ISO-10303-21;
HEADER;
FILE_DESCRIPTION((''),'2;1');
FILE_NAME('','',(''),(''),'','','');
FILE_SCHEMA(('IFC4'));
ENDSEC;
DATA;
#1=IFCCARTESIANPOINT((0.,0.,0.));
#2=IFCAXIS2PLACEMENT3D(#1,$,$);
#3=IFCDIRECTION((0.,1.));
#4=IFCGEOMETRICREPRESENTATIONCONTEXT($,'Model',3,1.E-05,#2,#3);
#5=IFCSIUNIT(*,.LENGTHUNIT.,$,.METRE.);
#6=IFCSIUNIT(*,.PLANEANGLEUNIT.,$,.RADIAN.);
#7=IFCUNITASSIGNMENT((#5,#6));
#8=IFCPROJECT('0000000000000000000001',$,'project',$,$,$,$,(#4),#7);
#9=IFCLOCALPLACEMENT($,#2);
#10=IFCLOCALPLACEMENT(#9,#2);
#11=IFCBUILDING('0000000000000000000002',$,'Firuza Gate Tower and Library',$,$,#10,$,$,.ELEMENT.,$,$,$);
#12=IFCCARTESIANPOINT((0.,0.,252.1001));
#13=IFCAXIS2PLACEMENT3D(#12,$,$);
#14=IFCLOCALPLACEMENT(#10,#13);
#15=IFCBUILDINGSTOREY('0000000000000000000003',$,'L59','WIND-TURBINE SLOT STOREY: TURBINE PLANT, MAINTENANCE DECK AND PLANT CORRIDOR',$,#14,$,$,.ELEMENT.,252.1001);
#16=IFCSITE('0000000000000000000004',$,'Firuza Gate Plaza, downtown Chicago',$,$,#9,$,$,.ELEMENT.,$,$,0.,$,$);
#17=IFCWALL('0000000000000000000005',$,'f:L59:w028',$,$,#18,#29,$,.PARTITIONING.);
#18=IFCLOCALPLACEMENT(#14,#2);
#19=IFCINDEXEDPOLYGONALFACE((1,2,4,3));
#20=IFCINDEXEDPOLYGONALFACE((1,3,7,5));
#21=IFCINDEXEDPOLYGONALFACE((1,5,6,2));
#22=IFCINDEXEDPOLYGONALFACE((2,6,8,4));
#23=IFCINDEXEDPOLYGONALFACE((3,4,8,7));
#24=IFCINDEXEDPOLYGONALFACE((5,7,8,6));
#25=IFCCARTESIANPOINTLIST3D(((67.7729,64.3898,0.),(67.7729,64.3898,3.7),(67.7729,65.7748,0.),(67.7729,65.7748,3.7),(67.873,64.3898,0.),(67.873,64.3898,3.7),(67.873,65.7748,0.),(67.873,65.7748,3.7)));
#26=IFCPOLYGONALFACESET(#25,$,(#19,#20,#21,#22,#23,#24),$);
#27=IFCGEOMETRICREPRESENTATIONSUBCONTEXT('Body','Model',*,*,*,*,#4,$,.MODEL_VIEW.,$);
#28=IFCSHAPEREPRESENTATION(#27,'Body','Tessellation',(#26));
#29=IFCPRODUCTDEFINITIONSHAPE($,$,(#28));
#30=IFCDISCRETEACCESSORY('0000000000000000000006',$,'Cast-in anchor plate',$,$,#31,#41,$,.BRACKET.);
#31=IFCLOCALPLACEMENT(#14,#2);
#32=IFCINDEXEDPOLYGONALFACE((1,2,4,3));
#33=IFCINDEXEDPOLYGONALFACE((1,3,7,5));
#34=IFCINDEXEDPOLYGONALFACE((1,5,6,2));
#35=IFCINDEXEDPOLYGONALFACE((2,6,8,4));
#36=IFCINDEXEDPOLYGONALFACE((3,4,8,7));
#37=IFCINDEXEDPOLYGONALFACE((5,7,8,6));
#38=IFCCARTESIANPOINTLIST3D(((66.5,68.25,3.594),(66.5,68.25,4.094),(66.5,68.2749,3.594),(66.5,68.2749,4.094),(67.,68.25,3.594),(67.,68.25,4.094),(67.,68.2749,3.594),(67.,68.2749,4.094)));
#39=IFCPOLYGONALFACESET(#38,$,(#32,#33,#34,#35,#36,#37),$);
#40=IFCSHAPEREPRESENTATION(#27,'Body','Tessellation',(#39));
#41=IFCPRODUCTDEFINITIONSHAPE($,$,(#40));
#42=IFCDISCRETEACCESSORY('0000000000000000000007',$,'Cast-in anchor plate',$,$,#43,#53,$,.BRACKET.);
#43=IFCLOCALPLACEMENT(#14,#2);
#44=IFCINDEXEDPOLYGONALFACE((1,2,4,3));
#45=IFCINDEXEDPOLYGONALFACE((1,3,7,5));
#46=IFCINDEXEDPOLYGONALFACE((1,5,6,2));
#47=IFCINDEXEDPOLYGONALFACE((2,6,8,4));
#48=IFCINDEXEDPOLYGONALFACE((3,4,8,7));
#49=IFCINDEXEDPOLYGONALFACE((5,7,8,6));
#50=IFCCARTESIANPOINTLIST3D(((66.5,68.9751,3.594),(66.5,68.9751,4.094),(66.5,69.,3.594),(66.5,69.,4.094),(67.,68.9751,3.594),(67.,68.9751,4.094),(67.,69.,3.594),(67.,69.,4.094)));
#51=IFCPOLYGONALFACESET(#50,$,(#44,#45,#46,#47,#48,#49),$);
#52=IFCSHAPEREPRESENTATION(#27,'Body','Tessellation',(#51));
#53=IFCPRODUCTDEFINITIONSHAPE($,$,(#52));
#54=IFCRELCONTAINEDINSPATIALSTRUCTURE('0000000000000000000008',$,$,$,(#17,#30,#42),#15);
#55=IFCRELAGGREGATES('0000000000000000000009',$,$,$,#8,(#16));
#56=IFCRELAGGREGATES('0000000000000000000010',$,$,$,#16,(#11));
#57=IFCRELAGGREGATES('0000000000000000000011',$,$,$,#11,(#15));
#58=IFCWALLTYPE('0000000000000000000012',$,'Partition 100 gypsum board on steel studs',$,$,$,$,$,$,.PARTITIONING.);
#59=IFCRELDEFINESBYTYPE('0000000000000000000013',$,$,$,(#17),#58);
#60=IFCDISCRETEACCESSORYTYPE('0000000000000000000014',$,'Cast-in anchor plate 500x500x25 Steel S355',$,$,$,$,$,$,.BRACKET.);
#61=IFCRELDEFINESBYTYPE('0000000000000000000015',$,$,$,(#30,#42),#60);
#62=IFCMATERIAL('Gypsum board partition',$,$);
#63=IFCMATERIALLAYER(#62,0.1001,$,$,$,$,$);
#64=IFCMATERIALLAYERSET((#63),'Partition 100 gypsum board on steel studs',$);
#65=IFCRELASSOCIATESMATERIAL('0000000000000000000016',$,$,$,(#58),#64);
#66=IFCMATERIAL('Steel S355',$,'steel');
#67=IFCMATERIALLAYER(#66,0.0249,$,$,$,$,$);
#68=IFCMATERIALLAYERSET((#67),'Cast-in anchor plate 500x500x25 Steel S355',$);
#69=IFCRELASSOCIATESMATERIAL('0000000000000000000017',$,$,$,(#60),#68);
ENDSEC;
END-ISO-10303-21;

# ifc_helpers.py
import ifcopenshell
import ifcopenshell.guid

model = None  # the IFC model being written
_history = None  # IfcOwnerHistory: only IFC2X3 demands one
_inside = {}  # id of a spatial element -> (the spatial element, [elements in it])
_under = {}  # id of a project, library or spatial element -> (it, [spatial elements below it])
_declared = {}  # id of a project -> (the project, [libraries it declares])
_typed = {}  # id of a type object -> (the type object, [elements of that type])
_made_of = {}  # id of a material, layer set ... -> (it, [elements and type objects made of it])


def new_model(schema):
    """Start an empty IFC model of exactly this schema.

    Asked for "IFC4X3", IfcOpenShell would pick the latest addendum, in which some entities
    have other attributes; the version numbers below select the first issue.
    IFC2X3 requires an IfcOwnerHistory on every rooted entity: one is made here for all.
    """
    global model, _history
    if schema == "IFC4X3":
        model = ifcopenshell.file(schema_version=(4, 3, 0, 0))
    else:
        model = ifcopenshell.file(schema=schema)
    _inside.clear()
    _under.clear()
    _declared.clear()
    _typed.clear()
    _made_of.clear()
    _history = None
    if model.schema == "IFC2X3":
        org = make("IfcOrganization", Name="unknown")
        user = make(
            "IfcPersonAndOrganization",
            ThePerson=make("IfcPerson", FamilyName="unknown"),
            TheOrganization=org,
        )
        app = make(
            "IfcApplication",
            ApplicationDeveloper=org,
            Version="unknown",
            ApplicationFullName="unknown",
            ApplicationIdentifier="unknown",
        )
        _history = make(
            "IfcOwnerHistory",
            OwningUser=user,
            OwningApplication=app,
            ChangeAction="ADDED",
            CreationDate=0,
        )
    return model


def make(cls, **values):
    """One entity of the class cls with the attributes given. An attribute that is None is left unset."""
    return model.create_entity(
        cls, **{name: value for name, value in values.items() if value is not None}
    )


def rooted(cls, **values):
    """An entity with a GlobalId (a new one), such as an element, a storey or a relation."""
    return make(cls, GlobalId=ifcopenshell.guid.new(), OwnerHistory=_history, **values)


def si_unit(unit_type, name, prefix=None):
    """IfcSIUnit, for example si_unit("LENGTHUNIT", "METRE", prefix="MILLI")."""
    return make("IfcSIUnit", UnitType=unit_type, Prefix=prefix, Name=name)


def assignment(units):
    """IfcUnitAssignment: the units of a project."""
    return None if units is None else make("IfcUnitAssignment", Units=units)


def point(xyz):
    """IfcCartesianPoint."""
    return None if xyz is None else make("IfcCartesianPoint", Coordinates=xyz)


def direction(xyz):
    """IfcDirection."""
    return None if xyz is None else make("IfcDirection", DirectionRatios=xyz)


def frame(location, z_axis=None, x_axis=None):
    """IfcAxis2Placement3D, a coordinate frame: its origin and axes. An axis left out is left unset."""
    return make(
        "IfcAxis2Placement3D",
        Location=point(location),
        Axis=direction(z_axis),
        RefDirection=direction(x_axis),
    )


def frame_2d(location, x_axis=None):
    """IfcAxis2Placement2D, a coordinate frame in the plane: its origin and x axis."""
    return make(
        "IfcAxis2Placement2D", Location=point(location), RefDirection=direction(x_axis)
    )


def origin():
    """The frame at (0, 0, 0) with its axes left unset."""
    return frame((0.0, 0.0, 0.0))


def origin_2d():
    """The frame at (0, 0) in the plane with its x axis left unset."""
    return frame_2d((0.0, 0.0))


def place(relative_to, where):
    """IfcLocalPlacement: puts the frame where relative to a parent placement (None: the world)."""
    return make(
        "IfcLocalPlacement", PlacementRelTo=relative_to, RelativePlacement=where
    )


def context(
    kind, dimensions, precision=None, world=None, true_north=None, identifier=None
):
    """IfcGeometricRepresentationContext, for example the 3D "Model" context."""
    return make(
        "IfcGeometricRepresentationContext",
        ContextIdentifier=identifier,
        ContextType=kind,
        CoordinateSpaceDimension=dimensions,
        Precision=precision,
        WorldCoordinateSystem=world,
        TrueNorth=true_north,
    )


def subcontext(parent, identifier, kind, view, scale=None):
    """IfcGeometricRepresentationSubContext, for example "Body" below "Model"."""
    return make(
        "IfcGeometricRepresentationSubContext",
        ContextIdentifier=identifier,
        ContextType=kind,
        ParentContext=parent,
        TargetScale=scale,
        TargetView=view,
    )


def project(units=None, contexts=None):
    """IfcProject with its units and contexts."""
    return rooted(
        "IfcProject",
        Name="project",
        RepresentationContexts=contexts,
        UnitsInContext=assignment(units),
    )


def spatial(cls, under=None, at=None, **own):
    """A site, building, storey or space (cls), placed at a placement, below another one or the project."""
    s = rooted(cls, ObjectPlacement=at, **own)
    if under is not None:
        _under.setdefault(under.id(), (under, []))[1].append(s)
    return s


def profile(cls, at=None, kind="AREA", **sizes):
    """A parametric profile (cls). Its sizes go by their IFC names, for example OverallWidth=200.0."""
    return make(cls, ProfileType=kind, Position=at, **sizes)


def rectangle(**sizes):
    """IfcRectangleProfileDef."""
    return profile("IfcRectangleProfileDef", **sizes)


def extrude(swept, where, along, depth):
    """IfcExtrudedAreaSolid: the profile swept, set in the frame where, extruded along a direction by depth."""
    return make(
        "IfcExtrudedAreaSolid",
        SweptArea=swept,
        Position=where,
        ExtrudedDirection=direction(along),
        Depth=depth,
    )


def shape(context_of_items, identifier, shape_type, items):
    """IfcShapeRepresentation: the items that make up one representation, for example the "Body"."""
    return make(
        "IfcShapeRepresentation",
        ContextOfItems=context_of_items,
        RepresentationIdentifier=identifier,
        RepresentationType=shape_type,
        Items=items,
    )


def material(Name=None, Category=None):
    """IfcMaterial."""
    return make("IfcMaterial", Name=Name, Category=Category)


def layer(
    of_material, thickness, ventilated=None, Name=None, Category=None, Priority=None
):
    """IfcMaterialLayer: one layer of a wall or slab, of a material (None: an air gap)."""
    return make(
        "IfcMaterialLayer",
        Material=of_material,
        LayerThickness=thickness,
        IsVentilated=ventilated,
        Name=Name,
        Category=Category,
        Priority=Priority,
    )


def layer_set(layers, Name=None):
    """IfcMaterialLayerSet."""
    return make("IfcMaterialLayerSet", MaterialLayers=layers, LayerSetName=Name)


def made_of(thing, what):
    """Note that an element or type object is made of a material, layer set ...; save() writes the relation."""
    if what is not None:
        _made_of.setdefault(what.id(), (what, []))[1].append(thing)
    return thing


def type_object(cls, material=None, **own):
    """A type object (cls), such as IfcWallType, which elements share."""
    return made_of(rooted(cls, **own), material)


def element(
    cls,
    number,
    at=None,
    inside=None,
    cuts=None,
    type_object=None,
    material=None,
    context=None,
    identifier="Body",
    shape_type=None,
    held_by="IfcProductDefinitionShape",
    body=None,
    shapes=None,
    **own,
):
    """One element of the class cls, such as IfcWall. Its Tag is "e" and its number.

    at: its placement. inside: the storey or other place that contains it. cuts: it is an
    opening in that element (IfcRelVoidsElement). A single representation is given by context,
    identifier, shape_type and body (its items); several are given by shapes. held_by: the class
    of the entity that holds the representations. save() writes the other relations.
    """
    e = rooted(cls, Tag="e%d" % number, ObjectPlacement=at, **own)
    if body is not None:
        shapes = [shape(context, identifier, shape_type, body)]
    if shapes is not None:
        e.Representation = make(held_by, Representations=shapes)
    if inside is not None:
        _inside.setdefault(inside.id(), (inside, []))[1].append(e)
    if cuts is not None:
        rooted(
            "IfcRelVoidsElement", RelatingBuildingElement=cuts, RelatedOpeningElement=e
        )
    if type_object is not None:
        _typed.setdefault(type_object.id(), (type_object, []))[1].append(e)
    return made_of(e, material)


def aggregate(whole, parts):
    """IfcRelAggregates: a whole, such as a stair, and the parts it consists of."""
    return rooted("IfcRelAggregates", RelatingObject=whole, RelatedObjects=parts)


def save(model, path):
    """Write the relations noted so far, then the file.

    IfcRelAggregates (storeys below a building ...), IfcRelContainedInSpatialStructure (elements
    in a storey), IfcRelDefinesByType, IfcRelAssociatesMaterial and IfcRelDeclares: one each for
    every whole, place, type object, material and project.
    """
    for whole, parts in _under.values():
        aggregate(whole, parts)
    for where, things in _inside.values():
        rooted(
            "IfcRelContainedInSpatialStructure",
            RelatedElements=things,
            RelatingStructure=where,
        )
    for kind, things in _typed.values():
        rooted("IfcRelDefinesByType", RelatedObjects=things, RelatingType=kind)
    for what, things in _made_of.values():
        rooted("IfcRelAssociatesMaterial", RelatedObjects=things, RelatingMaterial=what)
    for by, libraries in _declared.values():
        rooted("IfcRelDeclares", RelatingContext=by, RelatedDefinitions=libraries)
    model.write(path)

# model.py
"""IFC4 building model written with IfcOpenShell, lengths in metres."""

from ifc_helpers import new_model, si_unit, direction, frame, frame_2d, origin, origin_2d, place, context, subcontext, project, spatial, rectangle, extrude, material, layer, layer_set, type_object, element, save


model = new_model("IFC4")

# Units and contexts
model_context = context("Model", 3, precision=1e-05, world=origin(), true_north=direction((0.0, 1.0)))
body_context = subcontext(model_context, "Body", "Model", "MODEL_VIEW")
ifc_project = project(units=[si_unit("LENGTHUNIT", "METRE"), si_unit("PLANEANGLEUNIT", "RADIAN")], contexts=[model_context])

# Site, building, storey
site_placement = place(None, origin())
site = spatial("IfcSite", under=ifc_project, at=site_placement, Name="Firuza Gate Plaza, downtown Chicago", CompositionType="ELEMENT", RefElevation=0.0)
building_placement = place(site_placement, origin())
building = spatial("IfcBuilding", under=site, at=building_placement, Name="Firuza Gate Tower and Library", CompositionType="ELEMENT")
storey_placement = place(building_placement, frame((0.0, 0.0, 252.1001)))
storey = spatial("IfcBuildingStorey", under=building, at=storey_placement, Name="L59", Description="WIND-TURBINE SLOT STOREY: TURBINE PLANT, MAINTENANCE DECK AND PLANT CORRIDOR", CompositionType="ELEMENT", Elevation=252.1001)

# Wall
ifc_material_1 = material(Name="Gypsum board partition")
ifc_layer_1 = layer(ifc_material_1, 0.1001)
ifc_layer_set_1 = layer_set([ifc_layer_1], Name="Partition 100 gypsum board on steel studs")
wall_type_1 = type_object("IfcWallType", Name="Partition 100 gypsum board on steel studs", PredefinedType="PARTITIONING", material=ifc_layer_set_1)
wall_1_placement = place(storey_placement, frame((67.823, 64.3899, 0.0), z_axis=(0.0, 0.0, 1.0), x_axis=(0.0, 1.0, 0.0)))
element("IfcWall", 1, at=wall_1_placement, inside=storey, type_object=wall_type_1, Name="f:L59:w028", PredefinedType="PARTITIONING", context=body_context, shape_type="SweptSolid", body=[
    extrude(rectangle(XDim=1.385, YDim=0.1001, at=frame_2d((0.6924, 0.0))), origin(), (0.0, 0.0, 1.0), 3.7),
])

# Discrete accessories
ifc_material_2 = material(Name="Steel S355", Category="steel")
ifc_layer_2 = layer(ifc_material_2, 0.0249)
ifc_layer_set_2 = layer_set([ifc_layer_2], Name="Cast-in anchor plate 500x500x25 Steel S355")
discrete_accessory_type = type_object("IfcDiscreteAccessoryType", Name="Cast-in anchor plate 500x500x25 Steel S355", PredefinedType="BRACKET", material=ifc_layer_set_2)
for number, where, z_axis, x_axis, name in (
    (2, (66.75, 68.2625, 3.594), (0.0, 0.0, 1.0), (1.0, 0.0, 0.0), "Cast-in anchor plate"),
    (3, (66.75, 68.9875, 3.594), (0.0, 0.0, 1.0), (1.0, 0.0, 0.0), "Cast-in anchor plate"),
):
    element("IfcDiscreteAccessory", number, at=place(storey_placement, frame(where, z_axis=z_axis, x_axis=x_axis)), inside=storey, type_object=discrete_accessory_type, Name=name, PredefinedType="BRACKET", context=body_context, shape_type="SweptSolid", body=[
        extrude(rectangle(XDim=0.5, YDim=0.0249, at=origin_2d()), origin(), (0.0, 0.0, 1.0), 0.5),
    ])

save(model, "model.ifc")
